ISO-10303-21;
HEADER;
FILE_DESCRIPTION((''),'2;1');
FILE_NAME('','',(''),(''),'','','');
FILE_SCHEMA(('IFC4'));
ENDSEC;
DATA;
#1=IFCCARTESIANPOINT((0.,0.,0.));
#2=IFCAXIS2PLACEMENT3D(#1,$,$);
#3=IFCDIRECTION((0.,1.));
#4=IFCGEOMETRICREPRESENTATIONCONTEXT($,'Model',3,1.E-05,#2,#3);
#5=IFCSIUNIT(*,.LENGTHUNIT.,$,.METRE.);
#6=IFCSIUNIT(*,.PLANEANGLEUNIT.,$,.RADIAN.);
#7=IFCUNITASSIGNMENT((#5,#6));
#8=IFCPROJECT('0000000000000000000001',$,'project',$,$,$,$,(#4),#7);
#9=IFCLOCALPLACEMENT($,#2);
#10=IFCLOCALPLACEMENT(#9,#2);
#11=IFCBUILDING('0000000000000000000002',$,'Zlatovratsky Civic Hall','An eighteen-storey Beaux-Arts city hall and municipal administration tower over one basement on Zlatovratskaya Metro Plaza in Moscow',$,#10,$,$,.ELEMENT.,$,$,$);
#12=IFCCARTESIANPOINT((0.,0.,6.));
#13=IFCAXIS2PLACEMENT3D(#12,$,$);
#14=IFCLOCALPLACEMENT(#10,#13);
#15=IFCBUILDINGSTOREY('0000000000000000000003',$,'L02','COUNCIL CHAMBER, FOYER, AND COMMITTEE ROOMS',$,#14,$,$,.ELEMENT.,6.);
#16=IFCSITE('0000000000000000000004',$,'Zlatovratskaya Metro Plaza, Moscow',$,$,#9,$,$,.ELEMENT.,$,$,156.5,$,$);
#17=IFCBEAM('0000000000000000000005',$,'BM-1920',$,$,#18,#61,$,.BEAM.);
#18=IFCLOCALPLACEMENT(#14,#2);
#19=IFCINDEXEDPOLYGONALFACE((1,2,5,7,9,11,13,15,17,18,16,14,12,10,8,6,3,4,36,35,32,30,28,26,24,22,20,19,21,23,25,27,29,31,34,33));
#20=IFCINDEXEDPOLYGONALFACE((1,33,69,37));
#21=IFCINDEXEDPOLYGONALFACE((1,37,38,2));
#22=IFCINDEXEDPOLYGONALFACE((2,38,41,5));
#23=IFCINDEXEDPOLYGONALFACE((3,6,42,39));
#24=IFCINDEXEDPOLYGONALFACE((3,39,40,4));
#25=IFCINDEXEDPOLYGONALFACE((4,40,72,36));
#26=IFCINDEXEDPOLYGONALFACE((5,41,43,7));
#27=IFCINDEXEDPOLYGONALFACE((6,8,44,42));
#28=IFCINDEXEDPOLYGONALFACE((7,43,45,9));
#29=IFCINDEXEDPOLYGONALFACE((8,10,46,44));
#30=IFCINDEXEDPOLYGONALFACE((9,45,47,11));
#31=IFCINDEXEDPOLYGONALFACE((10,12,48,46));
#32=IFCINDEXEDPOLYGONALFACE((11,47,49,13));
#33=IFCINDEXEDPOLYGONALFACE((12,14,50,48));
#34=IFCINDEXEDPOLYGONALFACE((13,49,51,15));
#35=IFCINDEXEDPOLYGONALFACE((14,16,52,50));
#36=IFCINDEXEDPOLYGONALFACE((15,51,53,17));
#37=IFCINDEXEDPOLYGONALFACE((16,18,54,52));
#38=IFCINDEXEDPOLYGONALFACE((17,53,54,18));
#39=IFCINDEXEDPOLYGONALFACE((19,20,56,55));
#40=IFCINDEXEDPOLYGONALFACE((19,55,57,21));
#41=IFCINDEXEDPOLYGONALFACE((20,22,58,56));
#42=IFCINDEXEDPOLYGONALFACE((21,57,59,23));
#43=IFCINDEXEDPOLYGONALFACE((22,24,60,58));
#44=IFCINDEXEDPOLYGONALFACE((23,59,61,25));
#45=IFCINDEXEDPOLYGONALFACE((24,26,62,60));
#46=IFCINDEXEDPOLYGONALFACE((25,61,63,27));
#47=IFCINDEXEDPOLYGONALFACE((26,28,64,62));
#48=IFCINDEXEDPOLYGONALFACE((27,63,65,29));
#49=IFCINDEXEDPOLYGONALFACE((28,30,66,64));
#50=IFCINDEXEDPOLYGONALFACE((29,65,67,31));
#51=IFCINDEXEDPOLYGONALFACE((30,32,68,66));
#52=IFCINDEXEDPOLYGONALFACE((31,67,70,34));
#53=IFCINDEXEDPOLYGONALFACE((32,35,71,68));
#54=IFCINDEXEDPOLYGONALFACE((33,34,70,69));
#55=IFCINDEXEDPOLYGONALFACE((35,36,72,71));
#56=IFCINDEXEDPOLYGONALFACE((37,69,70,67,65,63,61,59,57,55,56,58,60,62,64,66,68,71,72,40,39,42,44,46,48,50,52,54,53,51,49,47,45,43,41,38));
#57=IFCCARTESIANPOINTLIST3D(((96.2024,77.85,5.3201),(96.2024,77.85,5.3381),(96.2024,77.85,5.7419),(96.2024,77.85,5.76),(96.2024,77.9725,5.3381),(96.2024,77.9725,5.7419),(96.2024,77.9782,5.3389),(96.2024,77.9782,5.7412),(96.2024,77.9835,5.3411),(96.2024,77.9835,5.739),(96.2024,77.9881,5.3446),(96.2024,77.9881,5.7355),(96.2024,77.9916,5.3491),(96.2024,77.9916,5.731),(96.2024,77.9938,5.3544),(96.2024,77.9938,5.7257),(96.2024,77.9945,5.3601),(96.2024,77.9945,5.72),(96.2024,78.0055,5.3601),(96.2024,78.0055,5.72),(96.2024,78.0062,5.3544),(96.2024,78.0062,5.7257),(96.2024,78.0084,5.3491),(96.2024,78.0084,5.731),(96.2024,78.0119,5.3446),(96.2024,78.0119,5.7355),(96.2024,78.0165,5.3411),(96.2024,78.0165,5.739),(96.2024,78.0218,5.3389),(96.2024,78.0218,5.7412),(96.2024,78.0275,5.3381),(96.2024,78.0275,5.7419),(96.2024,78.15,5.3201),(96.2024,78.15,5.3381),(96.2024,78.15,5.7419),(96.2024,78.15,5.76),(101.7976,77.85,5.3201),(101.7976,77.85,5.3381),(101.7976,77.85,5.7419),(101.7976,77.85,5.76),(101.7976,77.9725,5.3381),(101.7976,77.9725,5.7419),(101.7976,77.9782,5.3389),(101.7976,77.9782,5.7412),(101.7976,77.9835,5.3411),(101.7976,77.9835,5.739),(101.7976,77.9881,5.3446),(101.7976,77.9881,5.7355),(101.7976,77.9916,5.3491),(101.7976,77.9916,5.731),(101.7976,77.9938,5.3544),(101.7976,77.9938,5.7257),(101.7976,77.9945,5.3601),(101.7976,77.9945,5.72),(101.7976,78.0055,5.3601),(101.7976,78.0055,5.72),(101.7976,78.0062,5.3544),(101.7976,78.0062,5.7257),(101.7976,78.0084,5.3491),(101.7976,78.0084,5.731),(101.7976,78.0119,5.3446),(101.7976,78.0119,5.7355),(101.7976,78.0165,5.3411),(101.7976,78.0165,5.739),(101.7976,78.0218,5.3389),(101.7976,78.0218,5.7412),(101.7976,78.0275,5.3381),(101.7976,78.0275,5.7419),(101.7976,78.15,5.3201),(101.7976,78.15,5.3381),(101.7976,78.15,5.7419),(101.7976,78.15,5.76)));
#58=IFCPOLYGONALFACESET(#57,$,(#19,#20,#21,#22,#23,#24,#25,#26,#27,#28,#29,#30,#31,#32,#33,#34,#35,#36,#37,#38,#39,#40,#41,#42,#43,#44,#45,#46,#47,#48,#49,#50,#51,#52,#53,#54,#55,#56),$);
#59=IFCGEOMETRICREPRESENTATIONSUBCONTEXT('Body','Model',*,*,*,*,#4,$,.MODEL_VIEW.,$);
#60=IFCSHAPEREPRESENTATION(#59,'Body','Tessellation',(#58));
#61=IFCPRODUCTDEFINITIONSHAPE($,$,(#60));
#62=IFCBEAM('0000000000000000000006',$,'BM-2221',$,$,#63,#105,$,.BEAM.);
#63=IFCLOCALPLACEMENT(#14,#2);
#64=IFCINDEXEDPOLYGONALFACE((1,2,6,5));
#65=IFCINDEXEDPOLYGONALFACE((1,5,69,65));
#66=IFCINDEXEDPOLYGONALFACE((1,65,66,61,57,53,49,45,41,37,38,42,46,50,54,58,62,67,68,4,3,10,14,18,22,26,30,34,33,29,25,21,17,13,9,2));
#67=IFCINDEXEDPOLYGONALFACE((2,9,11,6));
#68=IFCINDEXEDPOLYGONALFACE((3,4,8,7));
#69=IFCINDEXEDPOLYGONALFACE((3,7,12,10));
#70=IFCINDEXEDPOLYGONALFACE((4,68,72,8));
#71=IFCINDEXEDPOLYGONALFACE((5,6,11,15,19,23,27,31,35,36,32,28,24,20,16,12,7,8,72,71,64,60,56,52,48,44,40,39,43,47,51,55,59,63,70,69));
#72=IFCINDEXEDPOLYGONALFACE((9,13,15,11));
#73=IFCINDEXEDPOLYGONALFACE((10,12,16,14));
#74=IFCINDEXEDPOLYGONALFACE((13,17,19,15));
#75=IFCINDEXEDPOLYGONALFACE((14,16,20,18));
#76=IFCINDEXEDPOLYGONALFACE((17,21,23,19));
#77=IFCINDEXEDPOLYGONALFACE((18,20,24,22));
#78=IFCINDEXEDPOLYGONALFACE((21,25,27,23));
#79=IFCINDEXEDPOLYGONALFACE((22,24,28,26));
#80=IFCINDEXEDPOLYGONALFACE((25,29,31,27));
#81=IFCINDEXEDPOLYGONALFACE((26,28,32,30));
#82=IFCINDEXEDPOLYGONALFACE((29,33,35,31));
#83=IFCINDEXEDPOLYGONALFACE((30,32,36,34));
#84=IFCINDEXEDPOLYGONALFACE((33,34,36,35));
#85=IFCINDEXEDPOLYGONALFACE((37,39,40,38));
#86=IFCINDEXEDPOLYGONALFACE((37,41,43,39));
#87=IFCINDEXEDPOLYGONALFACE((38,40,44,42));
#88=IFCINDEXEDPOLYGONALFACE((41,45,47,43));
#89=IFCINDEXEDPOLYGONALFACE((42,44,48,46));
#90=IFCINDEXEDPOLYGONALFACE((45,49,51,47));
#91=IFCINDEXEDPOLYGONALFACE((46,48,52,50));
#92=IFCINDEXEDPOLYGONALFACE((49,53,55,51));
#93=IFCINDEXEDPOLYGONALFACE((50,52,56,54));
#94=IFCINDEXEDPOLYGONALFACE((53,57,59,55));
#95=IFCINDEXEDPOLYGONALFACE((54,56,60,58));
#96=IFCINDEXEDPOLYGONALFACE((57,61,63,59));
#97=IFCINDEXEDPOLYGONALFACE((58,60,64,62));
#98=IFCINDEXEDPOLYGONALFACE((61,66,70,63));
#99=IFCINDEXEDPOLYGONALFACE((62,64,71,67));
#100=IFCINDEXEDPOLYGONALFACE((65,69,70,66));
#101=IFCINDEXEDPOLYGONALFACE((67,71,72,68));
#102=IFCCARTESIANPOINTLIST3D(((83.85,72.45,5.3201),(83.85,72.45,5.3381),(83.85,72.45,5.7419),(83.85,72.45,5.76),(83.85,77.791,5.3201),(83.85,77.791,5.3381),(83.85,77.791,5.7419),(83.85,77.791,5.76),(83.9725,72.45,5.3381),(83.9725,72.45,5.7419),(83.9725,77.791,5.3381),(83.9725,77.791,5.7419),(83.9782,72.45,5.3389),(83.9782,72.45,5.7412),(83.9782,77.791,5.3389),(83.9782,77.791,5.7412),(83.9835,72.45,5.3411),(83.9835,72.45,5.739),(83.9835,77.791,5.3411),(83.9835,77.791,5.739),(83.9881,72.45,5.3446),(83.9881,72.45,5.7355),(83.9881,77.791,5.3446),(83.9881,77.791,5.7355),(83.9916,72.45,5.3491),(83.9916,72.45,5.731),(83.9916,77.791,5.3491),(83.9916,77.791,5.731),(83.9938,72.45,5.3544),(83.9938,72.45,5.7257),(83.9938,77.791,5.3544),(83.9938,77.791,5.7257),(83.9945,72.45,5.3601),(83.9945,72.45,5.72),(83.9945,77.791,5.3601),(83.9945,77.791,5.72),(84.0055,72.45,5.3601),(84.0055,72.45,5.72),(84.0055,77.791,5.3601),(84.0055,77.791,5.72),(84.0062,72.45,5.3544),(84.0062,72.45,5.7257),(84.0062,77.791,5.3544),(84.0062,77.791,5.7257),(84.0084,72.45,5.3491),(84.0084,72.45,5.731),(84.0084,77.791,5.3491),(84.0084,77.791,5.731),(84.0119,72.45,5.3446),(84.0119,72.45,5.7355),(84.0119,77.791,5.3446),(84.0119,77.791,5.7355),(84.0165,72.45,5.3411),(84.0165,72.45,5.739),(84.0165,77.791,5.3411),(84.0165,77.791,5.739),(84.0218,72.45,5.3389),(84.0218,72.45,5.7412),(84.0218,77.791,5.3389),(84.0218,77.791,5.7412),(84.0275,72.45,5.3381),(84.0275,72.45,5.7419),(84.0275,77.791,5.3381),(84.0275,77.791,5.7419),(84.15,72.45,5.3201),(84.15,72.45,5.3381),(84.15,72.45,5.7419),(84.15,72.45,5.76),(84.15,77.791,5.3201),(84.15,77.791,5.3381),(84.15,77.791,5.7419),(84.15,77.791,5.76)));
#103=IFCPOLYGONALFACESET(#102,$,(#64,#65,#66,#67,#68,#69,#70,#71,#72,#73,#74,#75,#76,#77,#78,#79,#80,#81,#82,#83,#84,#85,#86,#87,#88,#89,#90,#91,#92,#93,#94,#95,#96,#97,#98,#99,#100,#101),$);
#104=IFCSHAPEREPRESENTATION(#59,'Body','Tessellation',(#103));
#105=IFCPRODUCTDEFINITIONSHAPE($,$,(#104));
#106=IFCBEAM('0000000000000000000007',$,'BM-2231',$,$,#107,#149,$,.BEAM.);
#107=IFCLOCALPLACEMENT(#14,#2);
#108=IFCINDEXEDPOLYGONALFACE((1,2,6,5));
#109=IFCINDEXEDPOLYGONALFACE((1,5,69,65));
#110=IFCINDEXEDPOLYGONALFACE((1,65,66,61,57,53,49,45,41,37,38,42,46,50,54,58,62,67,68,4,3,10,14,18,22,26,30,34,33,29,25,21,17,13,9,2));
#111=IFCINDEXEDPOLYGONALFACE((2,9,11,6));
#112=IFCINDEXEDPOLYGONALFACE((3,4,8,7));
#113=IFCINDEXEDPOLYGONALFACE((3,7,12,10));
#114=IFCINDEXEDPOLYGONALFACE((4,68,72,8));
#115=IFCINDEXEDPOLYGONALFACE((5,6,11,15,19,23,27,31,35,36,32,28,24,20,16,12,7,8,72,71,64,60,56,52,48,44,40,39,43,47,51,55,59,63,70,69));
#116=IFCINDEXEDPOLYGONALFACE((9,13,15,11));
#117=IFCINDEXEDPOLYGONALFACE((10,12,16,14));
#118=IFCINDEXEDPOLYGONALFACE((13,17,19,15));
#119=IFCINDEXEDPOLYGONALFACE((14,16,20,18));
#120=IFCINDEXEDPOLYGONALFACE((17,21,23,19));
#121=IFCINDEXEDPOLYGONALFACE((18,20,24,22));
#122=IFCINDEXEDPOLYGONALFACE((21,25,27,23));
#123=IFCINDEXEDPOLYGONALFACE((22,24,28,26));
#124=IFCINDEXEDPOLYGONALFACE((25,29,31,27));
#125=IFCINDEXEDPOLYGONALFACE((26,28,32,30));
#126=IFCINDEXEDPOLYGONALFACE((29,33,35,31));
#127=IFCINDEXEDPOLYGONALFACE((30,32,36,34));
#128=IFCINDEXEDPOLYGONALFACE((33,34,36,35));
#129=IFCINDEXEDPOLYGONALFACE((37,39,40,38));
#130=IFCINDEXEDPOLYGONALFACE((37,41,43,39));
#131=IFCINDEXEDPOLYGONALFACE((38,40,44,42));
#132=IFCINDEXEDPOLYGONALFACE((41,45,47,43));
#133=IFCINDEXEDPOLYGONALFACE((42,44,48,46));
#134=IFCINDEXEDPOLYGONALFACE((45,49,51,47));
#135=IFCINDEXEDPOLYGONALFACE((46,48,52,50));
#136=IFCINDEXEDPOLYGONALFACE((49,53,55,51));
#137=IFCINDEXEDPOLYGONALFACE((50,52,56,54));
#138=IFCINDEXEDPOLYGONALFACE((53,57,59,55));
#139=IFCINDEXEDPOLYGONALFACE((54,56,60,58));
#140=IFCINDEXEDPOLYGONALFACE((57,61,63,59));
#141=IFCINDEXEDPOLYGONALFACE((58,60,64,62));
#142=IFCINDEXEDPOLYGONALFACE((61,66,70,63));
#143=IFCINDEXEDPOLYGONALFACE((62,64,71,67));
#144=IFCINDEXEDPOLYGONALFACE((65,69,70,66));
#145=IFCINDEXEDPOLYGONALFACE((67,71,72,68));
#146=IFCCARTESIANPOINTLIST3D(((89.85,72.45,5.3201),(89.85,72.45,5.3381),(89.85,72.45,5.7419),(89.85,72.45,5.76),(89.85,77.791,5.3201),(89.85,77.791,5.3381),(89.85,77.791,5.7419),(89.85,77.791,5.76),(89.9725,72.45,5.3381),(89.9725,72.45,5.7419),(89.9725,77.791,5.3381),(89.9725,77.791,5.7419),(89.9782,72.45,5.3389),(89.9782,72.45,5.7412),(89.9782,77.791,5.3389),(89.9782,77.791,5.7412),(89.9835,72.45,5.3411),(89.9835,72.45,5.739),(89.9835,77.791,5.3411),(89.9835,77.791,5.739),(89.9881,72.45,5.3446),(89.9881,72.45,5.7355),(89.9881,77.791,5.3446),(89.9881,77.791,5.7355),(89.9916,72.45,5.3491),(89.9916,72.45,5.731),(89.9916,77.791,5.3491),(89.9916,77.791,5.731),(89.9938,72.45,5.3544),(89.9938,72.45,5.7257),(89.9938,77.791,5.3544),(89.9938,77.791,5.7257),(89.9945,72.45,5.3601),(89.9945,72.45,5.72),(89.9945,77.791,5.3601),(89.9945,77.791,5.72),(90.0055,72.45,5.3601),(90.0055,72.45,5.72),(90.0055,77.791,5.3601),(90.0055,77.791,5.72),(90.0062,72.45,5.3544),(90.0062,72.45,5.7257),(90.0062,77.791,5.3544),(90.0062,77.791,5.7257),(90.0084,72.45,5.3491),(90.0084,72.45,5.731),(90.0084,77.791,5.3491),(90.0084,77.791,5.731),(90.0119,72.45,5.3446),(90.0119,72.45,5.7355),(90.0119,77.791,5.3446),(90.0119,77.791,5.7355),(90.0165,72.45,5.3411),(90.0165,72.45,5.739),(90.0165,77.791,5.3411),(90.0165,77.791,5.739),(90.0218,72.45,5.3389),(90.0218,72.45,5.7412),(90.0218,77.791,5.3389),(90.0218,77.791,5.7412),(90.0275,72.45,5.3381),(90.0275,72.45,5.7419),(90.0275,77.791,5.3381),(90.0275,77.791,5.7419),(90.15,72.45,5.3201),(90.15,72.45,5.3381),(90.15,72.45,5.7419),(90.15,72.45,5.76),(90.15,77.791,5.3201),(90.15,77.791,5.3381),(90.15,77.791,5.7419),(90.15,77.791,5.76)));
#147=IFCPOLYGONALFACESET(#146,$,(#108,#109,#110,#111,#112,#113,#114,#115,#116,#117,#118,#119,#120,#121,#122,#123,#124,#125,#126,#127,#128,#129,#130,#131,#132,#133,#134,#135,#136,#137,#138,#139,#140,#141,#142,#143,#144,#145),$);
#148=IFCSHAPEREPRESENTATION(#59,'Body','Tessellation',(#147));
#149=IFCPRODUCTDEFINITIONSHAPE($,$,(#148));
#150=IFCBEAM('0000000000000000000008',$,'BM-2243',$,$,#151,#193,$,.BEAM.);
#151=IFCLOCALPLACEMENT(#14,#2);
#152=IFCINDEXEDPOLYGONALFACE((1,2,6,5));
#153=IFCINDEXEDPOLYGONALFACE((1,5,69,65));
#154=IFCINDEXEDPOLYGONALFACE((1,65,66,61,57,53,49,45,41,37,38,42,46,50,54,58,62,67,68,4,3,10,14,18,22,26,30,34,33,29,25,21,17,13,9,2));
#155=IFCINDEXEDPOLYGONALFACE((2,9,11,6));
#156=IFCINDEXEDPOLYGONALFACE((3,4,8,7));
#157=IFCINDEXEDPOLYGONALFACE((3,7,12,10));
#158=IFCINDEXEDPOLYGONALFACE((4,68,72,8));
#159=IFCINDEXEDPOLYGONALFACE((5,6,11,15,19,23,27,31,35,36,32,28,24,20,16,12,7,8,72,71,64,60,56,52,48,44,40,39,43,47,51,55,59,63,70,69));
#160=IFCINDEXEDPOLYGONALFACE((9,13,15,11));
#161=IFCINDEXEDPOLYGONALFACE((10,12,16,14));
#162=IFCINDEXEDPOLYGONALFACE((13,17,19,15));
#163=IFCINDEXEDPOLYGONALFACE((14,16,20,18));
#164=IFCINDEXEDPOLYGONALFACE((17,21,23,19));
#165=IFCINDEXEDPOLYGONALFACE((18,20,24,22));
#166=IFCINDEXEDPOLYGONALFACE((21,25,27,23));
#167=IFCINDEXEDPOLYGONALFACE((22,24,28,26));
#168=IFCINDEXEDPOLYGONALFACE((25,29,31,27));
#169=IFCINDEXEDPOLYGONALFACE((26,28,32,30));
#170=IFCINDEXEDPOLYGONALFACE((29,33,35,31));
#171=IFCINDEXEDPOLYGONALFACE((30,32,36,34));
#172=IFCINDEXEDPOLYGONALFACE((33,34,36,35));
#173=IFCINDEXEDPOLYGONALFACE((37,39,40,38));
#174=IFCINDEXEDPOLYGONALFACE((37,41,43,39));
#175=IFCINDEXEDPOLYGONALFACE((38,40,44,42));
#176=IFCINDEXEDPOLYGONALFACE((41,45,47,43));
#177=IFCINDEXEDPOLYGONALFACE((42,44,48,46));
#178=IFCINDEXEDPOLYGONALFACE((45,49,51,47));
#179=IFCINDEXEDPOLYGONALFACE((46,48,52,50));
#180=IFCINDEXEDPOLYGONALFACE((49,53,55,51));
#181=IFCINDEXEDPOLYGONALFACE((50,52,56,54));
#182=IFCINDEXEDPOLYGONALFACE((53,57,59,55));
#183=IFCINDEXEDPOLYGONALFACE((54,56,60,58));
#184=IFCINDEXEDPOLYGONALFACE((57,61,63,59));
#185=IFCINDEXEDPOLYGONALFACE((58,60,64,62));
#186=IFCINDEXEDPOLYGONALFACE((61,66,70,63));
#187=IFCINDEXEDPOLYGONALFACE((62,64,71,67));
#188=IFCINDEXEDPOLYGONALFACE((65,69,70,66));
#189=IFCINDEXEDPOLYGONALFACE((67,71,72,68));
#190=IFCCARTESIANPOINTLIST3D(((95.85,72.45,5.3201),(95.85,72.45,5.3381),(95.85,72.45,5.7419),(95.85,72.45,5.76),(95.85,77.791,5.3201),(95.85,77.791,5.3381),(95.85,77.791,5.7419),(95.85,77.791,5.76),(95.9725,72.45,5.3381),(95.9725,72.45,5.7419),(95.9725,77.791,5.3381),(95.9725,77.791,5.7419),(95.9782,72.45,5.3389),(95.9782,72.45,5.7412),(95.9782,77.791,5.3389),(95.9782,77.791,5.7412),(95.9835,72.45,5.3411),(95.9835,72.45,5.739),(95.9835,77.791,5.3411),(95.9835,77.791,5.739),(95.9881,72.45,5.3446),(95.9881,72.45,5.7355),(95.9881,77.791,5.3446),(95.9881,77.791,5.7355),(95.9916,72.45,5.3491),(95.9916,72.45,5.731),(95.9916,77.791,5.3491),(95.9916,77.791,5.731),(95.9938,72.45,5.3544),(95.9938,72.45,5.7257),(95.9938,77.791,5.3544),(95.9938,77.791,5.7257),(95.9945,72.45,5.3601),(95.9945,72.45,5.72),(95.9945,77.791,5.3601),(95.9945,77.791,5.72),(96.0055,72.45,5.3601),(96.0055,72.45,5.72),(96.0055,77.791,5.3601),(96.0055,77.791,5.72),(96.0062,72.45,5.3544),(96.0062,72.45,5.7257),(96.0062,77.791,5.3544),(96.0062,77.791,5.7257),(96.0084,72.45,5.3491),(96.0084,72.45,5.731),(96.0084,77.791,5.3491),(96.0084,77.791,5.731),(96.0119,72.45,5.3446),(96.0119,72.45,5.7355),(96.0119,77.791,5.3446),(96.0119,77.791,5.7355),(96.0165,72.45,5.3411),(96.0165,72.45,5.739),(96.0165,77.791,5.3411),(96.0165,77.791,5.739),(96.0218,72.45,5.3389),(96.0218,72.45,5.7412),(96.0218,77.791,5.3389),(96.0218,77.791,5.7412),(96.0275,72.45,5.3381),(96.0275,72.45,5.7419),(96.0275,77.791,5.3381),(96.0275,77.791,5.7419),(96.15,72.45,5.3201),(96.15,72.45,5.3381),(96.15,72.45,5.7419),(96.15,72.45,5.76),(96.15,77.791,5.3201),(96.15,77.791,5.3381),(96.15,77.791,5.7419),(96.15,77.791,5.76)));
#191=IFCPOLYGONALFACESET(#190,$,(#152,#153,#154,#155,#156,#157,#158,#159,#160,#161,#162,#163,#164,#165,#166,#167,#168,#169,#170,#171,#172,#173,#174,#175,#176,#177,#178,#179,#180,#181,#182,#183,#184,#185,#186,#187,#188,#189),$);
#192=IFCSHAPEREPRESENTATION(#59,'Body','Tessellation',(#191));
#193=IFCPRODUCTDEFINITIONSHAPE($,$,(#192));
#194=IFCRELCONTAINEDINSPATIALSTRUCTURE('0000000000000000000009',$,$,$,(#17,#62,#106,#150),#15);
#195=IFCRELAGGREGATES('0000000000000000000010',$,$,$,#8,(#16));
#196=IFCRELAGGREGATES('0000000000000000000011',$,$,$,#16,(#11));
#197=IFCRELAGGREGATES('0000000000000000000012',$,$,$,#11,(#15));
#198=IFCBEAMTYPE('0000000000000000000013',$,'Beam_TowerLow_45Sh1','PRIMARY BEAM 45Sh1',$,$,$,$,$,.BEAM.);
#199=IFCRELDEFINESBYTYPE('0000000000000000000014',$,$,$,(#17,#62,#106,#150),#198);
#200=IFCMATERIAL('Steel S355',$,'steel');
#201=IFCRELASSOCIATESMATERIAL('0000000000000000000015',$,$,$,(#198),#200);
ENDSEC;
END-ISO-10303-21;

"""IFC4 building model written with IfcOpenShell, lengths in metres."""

from ifc_helpers import new_model, si_unit, direction, frame, origin, origin_2d, place, context, subcontext, project, spatial, i_section, extrude, material, material_profile, profile_set, type_object, element, save


model = new_model("IFC4")

# Units and contexts
model_context = context("Model", 3, precision=1e-05, world=origin(), true_north=direction((0.0, 1.0)))
body_context = subcontext(model_context, "Body", "Model", "MODEL_VIEW")
ifc_project = project(units=[si_unit("LENGTHUNIT", "METRE"), si_unit("PLANEANGLEUNIT", "RADIAN")], contexts=[model_context])

# Site, building, storey
site_placement = place(None, origin())
site = spatial("IfcSite", under=ifc_project, at=site_placement, Name="Zlatovratskaya Metro Plaza, Moscow", CompositionType="ELEMENT", RefElevation=156.5)
building_placement = place(site_placement, origin())
building = spatial("IfcBuilding", under=site, at=building_placement, Name="Zlatovratsky Civic Hall", Description="An eighteen-storey Beaux-Arts city hall and municipal administration tower over one basement on Zlatovratskaya Metro Plaza in Moscow", CompositionType="ELEMENT")
storey_placement = place(building_placement, frame((0.0, 0.0, 6.0)))
storey = spatial("IfcBuildingStorey", under=building, at=storey_placement, Name="L02", Description="COUNCIL CHAMBER, FOYER, AND COMMITTEE ROOMS", CompositionType="ELEMENT", Elevation=6.0)

# Shared definitions
ifc_material_1 = material(Name="Steel S355", Category="steel")

# Beams
ifc_material_profile_1 = material_profile(ifc_material_1, i_section(OverallWidth=0.3, OverallDepth=0.4399, WebThickness=0.011, FlangeThickness=0.0181, FilletRadius=0.022, at=origin_2d()), Name="45Sh1")
ifc_profile_set_1 = profile_set([ifc_material_profile_1], Name="Steel S355")
beam_type = type_object("IfcBeamType", Name="Beam_TowerLow_45Sh1", Description="PRIMARY BEAM 45Sh1", PredefinedType="BEAM", material=ifc_profile_set_1)
for number, where, z_axis, x_axis, name in (
    (1, (96.2024, 78.0, 5.54), (1.0, 0.0, 0.0), (0.0, 1.0, 0.0), "BM-1920"),
):
    element("IfcBeam", number, at=place(storey_placement, frame(where, z_axis=z_axis, x_axis=x_axis)), inside=storey, type_object=beam_type, Name=name, PredefinedType="BEAM", context=body_context, shape_type="SweptSolid", body=[
        extrude(i_section(OverallWidth=0.3, OverallDepth=0.4399, WebThickness=0.011, FlangeThickness=0.0181, FilletRadius=0.022, at=origin_2d()), origin(), (0.0, 0.0, 1.0), 5.5952),
    ])
for number, where, z_axis, x_axis, name in (
    (2, (84.0, 72.45, 5.54), (0.0, 1.0, 0.0), (-1.0, 0.0, 0.0), "BM-2221"),
    (3, (90.0, 72.45, 5.54), (0.0, 1.0, 0.0), (-1.0, 0.0, 0.0), "BM-2231"),
    (4, (96.0, 72.45, 5.54), (0.0, 1.0, 0.0), (-1.0, 0.0, 0.0), "BM-2243"),
):
    element("IfcBeam", number, at=place(storey_placement, frame(where, z_axis=z_axis, x_axis=x_axis)), inside=storey, type_object=beam_type, Name=name, PredefinedType="BEAM", context=body_context, shape_type="SweptSolid", body=[
        extrude(i_section(OverallWidth=0.3, OverallDepth=0.4399, WebThickness=0.011, FlangeThickness=0.0181, FilletRadius=0.022, at=origin_2d()), origin(), (0.0, 0.0, 1.0), 5.3411),
    ])

save(model, "model.ifc")
